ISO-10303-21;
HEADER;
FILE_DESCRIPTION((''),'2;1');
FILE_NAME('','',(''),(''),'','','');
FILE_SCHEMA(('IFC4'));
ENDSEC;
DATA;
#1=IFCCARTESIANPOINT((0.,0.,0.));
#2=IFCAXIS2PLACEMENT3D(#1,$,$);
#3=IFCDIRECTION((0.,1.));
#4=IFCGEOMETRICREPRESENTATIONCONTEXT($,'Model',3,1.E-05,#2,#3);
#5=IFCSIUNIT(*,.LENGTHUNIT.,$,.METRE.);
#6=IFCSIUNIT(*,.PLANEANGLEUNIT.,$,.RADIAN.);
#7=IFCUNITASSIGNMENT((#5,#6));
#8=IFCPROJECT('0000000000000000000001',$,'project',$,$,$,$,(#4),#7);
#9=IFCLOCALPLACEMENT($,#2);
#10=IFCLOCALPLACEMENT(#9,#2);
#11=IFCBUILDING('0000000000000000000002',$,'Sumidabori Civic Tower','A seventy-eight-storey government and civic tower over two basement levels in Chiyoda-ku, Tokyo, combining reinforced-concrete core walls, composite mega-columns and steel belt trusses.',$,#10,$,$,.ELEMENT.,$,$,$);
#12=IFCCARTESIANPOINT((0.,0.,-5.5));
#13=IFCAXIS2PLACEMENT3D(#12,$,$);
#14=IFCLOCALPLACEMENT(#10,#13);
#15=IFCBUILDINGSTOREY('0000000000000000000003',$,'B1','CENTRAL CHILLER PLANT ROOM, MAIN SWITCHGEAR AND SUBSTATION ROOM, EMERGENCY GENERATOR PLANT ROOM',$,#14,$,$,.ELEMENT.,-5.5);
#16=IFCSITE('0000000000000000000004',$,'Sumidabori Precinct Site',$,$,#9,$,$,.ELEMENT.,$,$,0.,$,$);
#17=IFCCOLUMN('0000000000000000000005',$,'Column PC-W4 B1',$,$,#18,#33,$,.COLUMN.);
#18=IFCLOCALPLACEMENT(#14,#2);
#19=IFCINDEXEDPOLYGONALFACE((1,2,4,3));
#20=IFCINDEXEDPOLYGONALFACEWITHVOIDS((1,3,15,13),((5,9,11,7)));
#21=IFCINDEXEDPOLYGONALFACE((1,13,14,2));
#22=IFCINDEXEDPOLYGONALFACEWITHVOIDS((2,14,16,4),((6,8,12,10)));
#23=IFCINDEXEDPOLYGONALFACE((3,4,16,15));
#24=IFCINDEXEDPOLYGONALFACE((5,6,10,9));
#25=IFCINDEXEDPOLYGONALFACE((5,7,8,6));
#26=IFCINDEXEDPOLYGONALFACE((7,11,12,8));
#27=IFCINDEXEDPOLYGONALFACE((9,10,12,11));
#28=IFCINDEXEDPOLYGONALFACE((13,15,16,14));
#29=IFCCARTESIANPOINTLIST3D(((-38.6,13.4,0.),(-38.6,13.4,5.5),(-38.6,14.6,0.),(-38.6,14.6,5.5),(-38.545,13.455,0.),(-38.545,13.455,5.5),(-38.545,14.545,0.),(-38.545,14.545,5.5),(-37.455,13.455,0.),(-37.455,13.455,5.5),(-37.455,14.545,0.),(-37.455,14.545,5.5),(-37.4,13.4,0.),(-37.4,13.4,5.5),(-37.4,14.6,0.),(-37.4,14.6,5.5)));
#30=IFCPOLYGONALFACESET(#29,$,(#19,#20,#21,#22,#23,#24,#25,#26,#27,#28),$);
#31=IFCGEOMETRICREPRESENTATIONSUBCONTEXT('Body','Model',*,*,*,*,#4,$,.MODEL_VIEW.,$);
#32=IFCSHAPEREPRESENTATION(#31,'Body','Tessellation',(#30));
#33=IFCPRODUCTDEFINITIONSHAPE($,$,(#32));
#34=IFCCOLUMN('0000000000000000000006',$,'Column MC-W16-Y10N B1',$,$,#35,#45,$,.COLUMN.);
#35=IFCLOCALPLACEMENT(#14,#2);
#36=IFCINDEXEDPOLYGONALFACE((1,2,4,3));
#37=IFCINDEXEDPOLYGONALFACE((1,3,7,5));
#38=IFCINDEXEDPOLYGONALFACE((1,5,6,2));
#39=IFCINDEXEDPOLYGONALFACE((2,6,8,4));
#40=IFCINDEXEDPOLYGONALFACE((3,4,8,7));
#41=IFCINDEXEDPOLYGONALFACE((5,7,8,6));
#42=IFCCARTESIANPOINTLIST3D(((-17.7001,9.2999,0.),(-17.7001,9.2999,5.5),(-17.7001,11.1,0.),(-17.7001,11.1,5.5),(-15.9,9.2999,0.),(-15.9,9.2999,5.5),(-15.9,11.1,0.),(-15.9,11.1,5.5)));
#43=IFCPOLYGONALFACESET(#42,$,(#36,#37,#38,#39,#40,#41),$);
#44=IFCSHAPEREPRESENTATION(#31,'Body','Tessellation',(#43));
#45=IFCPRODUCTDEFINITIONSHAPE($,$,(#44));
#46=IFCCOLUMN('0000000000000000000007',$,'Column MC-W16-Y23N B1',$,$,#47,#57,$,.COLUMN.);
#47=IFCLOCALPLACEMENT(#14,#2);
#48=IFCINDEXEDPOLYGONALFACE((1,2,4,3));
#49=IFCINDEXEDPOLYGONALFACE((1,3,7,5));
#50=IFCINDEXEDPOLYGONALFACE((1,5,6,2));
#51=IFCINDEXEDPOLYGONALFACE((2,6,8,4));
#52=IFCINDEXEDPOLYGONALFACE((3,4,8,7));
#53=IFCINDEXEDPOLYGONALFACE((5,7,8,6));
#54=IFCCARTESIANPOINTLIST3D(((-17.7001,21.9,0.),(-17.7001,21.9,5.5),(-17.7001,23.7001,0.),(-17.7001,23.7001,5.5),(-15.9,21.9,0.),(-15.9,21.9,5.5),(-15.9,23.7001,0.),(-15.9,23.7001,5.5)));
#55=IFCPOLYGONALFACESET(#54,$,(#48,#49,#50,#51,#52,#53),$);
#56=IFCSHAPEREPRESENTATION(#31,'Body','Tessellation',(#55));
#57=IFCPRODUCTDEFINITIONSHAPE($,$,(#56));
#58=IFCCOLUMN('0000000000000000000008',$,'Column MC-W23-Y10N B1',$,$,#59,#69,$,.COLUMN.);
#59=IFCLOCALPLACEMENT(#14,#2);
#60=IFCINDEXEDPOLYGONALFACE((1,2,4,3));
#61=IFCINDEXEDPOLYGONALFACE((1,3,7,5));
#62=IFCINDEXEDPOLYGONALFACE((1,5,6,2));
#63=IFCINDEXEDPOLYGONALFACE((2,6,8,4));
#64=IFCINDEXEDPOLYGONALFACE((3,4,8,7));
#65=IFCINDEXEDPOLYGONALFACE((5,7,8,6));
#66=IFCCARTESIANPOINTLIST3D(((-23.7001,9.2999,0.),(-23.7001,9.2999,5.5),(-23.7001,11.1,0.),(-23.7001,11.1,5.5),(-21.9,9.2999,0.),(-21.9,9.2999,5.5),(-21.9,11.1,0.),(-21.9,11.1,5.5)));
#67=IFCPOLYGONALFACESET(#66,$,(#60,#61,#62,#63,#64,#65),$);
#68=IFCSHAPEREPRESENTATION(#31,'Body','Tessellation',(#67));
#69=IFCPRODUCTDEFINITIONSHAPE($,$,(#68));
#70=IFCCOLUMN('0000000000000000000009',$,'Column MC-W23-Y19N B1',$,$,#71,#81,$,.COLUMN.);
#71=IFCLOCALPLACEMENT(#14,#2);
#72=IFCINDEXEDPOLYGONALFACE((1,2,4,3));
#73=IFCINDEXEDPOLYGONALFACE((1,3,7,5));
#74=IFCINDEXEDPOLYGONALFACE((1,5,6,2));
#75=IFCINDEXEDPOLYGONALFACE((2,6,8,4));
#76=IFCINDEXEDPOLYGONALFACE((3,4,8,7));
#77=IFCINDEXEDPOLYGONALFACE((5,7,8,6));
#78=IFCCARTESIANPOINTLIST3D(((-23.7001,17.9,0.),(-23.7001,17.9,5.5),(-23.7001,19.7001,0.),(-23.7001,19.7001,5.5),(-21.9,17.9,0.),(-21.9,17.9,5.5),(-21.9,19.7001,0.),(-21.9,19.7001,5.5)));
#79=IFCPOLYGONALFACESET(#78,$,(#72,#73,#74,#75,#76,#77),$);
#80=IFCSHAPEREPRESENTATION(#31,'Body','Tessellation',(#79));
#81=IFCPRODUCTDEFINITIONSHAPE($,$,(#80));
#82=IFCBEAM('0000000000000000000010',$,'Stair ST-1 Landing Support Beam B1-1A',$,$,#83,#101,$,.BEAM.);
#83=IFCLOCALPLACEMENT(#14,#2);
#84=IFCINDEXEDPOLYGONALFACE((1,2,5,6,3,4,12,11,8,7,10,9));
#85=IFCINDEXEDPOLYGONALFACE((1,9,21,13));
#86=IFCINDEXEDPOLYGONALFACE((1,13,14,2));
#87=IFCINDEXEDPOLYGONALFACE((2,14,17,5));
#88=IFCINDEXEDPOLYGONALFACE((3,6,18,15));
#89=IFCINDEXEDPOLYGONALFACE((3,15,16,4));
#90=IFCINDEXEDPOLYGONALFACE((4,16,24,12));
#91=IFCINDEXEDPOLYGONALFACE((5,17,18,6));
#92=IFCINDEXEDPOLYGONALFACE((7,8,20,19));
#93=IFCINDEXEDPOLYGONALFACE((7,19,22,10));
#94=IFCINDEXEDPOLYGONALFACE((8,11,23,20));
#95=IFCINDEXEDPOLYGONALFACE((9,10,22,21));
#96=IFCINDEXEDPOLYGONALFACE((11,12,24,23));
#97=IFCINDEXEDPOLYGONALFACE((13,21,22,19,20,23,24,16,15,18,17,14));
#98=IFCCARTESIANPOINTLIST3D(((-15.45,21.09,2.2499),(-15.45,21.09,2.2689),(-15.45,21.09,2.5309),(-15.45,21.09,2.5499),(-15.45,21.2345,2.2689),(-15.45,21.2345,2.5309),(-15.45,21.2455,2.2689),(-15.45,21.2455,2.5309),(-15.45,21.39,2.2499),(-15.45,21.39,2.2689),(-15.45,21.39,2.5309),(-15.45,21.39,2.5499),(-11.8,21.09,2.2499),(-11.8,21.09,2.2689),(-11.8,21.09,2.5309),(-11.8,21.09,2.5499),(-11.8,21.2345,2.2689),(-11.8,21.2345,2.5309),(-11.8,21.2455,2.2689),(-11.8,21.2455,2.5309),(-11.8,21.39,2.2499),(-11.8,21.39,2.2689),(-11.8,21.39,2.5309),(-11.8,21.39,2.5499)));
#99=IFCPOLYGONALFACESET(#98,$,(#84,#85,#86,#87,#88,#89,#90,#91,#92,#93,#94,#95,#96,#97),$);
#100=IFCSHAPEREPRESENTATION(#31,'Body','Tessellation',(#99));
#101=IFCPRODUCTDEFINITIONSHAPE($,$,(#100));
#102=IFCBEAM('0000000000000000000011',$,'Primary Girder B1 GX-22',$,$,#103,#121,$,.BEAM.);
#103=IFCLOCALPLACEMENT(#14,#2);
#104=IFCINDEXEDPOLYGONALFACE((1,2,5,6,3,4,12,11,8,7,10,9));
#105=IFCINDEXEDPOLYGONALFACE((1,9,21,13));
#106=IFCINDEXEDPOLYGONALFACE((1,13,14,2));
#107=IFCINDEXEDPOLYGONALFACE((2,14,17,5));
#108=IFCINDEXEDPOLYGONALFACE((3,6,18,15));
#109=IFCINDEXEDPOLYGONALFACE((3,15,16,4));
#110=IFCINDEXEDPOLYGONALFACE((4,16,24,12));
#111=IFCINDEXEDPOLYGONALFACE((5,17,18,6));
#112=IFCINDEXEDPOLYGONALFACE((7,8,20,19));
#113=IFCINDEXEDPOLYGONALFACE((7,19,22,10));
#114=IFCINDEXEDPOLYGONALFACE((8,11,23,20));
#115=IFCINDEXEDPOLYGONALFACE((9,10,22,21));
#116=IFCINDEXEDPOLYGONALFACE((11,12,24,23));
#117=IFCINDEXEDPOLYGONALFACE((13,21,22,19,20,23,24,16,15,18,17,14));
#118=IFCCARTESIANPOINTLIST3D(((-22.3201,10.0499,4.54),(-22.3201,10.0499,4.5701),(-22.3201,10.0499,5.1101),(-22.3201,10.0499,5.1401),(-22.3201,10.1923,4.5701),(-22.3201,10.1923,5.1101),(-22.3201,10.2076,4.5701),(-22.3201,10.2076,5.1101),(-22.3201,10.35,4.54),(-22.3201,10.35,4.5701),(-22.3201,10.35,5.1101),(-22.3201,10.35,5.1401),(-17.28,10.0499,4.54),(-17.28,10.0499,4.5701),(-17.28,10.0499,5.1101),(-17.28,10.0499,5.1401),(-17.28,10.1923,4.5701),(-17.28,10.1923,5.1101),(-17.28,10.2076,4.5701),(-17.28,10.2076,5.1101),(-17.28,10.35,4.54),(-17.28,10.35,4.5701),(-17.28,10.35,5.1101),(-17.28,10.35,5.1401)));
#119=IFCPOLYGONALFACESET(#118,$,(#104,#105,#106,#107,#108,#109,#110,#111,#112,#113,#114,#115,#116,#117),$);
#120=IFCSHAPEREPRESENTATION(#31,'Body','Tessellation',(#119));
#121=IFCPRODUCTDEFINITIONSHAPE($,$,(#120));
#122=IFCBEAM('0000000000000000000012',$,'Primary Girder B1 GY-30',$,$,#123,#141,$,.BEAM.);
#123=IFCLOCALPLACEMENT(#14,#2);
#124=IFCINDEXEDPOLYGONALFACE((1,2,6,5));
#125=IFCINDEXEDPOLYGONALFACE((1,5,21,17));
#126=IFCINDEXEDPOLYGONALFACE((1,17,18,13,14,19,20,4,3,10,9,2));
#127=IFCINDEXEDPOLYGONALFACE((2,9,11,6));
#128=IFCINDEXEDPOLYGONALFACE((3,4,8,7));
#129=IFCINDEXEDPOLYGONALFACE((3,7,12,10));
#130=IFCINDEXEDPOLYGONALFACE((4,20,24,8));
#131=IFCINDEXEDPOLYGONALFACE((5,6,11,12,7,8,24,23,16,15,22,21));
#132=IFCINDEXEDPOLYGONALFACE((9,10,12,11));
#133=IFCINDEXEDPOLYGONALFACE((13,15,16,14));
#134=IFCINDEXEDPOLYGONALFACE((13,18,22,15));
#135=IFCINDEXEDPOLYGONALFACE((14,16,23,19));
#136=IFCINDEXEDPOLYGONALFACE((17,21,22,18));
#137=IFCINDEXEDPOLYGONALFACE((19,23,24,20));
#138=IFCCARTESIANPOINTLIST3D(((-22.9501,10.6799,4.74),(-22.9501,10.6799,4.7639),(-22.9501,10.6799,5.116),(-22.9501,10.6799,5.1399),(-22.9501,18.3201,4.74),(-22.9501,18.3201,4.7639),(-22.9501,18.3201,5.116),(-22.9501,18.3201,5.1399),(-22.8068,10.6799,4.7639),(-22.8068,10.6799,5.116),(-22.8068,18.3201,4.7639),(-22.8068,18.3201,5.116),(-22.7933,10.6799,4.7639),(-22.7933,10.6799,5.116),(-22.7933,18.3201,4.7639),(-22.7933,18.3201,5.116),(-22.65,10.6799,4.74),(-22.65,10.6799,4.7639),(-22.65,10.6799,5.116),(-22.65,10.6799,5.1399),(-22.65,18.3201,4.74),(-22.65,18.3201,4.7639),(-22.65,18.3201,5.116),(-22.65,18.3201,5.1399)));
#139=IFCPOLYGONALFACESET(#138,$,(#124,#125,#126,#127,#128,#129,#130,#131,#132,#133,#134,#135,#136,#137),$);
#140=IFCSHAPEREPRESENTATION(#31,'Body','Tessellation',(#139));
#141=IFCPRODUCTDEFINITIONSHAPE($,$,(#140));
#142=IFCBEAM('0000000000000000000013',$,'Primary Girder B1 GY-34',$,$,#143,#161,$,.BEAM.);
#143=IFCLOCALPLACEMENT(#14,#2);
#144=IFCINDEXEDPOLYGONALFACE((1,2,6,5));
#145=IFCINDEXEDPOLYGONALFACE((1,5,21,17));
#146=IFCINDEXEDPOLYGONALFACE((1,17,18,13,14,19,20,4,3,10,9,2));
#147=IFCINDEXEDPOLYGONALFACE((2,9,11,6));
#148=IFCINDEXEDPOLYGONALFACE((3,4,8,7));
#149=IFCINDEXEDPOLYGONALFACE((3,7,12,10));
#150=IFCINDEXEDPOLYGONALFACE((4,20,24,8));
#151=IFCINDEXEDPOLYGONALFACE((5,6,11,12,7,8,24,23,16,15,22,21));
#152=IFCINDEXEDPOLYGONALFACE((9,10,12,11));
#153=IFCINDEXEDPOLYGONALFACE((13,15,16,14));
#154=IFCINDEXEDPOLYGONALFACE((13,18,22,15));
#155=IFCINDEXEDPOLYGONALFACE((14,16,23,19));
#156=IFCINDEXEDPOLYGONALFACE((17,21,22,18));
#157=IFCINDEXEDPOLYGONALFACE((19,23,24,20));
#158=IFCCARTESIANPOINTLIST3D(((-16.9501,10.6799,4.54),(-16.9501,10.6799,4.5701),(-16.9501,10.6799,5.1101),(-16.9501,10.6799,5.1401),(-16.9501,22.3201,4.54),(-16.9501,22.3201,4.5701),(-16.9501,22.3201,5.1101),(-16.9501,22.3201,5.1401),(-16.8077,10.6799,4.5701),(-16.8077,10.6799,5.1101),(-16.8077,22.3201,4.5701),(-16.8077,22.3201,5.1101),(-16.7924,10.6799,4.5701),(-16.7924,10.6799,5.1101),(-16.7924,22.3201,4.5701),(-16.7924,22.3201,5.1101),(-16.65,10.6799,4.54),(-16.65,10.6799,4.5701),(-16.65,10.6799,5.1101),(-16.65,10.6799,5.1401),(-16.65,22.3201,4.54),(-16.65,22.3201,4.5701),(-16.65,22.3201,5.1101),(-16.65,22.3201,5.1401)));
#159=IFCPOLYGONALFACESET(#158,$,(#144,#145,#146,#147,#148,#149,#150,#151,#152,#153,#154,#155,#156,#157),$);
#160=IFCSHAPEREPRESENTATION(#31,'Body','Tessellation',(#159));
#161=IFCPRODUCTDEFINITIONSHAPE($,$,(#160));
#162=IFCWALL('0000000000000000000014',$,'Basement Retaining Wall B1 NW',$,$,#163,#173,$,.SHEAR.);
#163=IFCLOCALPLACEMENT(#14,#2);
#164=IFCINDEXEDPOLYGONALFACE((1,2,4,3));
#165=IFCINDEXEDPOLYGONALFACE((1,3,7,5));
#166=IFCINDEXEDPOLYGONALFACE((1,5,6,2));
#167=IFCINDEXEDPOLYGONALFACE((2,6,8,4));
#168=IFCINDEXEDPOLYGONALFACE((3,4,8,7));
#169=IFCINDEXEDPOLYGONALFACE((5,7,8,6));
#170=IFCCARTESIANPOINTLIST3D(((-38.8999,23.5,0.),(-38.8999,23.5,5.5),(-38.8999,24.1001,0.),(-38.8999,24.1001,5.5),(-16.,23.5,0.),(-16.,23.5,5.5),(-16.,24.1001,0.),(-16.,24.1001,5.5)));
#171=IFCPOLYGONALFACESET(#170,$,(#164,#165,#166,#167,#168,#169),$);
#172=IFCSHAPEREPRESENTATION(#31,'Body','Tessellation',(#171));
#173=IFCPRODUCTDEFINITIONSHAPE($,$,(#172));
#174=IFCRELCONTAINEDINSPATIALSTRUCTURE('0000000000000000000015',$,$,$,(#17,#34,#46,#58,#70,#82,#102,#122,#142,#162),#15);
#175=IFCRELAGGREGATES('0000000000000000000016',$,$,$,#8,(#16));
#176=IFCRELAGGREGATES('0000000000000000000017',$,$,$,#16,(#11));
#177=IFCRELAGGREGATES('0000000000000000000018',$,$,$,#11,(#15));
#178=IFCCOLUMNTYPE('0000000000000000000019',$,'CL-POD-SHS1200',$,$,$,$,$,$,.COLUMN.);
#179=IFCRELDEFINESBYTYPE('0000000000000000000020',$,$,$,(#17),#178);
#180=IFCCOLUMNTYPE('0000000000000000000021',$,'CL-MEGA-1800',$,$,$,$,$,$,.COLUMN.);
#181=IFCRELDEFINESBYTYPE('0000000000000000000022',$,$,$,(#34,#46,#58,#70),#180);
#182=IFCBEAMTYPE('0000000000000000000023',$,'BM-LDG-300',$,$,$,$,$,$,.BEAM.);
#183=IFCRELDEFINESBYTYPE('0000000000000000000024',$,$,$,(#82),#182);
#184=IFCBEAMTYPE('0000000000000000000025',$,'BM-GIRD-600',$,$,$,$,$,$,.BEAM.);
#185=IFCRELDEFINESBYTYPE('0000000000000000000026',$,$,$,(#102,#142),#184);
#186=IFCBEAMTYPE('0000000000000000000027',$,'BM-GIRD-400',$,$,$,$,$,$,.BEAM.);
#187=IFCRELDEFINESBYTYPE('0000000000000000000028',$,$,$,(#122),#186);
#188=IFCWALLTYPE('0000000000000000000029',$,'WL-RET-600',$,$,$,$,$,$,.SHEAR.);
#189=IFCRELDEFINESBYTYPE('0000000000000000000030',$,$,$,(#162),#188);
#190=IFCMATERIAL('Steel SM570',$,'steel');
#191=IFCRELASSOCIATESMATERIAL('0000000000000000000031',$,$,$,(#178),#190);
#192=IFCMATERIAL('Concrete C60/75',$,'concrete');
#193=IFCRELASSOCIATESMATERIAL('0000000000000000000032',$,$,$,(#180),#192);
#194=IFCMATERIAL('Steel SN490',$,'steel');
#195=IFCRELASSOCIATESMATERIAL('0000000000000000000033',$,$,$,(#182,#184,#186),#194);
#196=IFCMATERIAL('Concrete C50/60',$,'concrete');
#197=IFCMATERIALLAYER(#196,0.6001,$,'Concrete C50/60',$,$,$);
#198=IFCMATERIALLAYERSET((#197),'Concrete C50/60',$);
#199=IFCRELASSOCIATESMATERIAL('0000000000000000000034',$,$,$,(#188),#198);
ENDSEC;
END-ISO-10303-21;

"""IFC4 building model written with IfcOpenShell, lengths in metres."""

from ifc_helpers import new_model, si_unit, direction, frame, frame_2d, origin, origin_2d, place, context, subcontext, project, spatial, rectangle, hollow_rectangle, i_section, extrude, source, transform, mapped, material, layer, layer_set, material_profile, profile_set, type_object, element, save


model = new_model("IFC4")

# Units and contexts
model_context = context("Model", 3, precision=1e-05, world=origin(), true_north=direction((0.0, 1.0)))
body_context = subcontext(model_context, "Body", "Model", "MODEL_VIEW")
ifc_project = project(units=[si_unit("LENGTHUNIT", "METRE"), si_unit("PLANEANGLEUNIT", "RADIAN")], contexts=[model_context])

# Site, building, storey
site_placement = place(None, origin())
site = spatial("IfcSite", under=ifc_project, at=site_placement, Name="Sumidabori Precinct Site", CompositionType="ELEMENT", RefElevation=0.0)
building_placement = place(site_placement, origin())
building = spatial("IfcBuilding", under=site, at=building_placement, Name="Sumidabori Civic Tower", Description="A seventy-eight-storey government and civic tower over two basement levels in Chiyoda-ku, Tokyo, combining reinforced-concrete core walls, composite mega-columns and steel belt trusses.", CompositionType="ELEMENT")
storey_placement = place(building_placement, frame((0.0, 0.0, -5.5)))
storey = spatial("IfcBuildingStorey", under=building, at=storey_placement, Name="B1", Description="CENTRAL CHILLER PLANT ROOM, MAIN SWITCHGEAR AND SUBSTATION ROOM, EMERGENCY GENERATOR PLANT ROOM", CompositionType="ELEMENT", Elevation=-5.5)

# Columns
ifc_material_1 = material(Name="Steel SM570", Category="steel")
ifc_material_profile_1 = material_profile(ifc_material_1, hollow_rectangle(XDim=1.2, YDim=1.2, WallThickness=0.0549, at=origin_2d()), Name="SHS 1200x1200x55")
ifc_profile_set_1 = profile_set([ifc_material_profile_1], Name="Steel SM570")
column_type_1 = type_object("IfcColumnType", Name="CL-POD-SHS1200", PredefinedType="COLUMN", material=ifc_profile_set_1)
shared_shape_1 = source(origin(), body_context, "Body", "SweptSolid", [
    extrude(hollow_rectangle(XDim=1.2, YDim=1.2, WallThickness=0.0549, at=origin_2d()), origin(), (0.0, 0.0, 1.0), 5.5),
])
column_placement = place(storey_placement, frame((-38.0, 14.0, 0.0), z_axis=(0.0, 0.0, 1.0), x_axis=(1.0, 0.0, 0.0)))
element("IfcColumn", 1, at=column_placement, inside=storey, type_object=column_type_1, Name="Column PC-W4 B1", PredefinedType="COLUMN", context=body_context, shape_type="MappedRepresentation", body=[
    mapped(shared_shape_1, transform((0.0, 0.0, 0.0), x_axis=(1.0, 0.0, 0.0), y_axis=(0.0, 1.0, 0.0), z_axis=(0.0, 0.0, 1.0), scale=1.0)),
])
ifc_material_2 = material(Name="Concrete C60/75", Category="concrete")
ifc_material_profile_2 = material_profile(ifc_material_2, rectangle(XDim=1.8, YDim=1.8, at=origin_2d()), Name="RC 1800x1800")
ifc_profile_set_2 = profile_set([ifc_material_profile_2], Name="Concrete C60/75")
column_type_2 = type_object("IfcColumnType", Name="CL-MEGA-1800", PredefinedType="COLUMN", material=ifc_profile_set_2)
shared_shape_2 = source(origin(), body_context, "Body", "SweptSolid", [
    extrude(rectangle(XDim=1.8, YDim=1.8, at=origin_2d()), origin(), (0.0, 0.0, 1.0), 5.5),
])
for number, where, z_axis, x_axis, name in (
    (2, (-16.8, 10.2, 0.0), (0.0, 0.0, 1.0), (1.0, 0.0, 0.0), "Column MC-W16-Y10N B1"),
    (3, (-16.8, 22.8, 0.0), (0.0, 0.0, 1.0), (1.0, 0.0, 0.0), "Column MC-W16-Y23N B1"),
    (4, (-22.8, 10.2, 0.0), (0.0, 0.0, 1.0), (1.0, 0.0, 0.0), "Column MC-W23-Y10N B1"),
    (5, (-22.8, 18.8, 0.0), (0.0, 0.0, 1.0), (1.0, 0.0, 0.0), "Column MC-W23-Y19N B1"),
):
    element("IfcColumn", number, at=place(storey_placement, frame(where, z_axis=z_axis, x_axis=x_axis)), inside=storey, type_object=column_type_2, Name=name, PredefinedType="COLUMN", context=body_context, shape_type="MappedRepresentation", body=[
        mapped(shared_shape_2, transform((0.0, 0.0, 0.0), x_axis=(1.0, 0.0, 0.0), y_axis=(0.0, 1.0, 0.0), z_axis=(0.0, 0.0, 1.0), scale=1.0)),
    ])

# Beams
ifc_material_3 = material(Name="Steel SN490", Category="steel")
ifc_material_profile_3 = material_profile(ifc_material_3, i_section(OverallWidth=0.3, OverallDepth=0.3, WebThickness=0.011, FlangeThickness=0.019, at=origin_2d()), Name="HE 300 B")
ifc_profile_set_3 = profile_set([ifc_material_profile_3], Name="Steel SN490")
beam_type_1 = type_object("IfcBeamType", Name="BM-LDG-300", PredefinedType="BEAM", material=ifc_profile_set_3)
shared_shape_3 = source(origin(), body_context, "Body", "SweptSolid", [
    extrude(i_section(OverallWidth=0.3, OverallDepth=0.3, WebThickness=0.011, FlangeThickness=0.019, at=origin_2d()), origin(), (0.0, 0.0, 1.0), 3.6499),
])
beam_1_placement = place(storey_placement, frame((-15.45, 21.24, 2.3999), z_axis=(1.0, 0.0, 0.0), x_axis=(0.0, 1.0, 0.0)))
element("IfcBeam", 6, at=beam_1_placement, inside=storey, type_object=beam_type_1, Name="Stair ST-1 Landing Support Beam B1-1A", PredefinedType="BEAM", context=body_context, shape_type="MappedRepresentation", body=[
    mapped(shared_shape_3, transform((0.0, 0.0, 0.0), x_axis=(1.0, 0.0, 0.0), y_axis=(0.0, 1.0, 0.0), z_axis=(0.0, 0.0, 1.0), scale=1.0)),
])
ifc_material_profile_4 = material_profile(ifc_material_3, i_section(OverallWidth=0.3, OverallDepth=0.6001, WebThickness=0.0154, FlangeThickness=0.03, at=origin_2d()), Name="HE 600 B")
ifc_profile_set_4 = profile_set([ifc_material_profile_4], Name="Steel SN490")
beam_type_2 = type_object("IfcBeamType", Name="BM-GIRD-600", PredefinedType="BEAM", material=ifc_profile_set_4)
shared_shape_4 = source(origin(), body_context, "Body", "SweptSolid", [
    extrude(i_section(OverallWidth=0.3, OverallDepth=0.6001, WebThickness=0.0154, FlangeThickness=0.03, at=origin_2d()), origin(), (0.0, 0.0, 1.0), 5.04),
])
beam_2_placement = place(storey_placement, frame((-22.3201, 10.2, 4.8401), z_axis=(1.0, 0.0, 0.0), x_axis=(0.0, 1.0, 0.0)))
element("IfcBeam", 7, at=beam_2_placement, inside=storey, type_object=beam_type_2, Name="Primary Girder B1 GX-22", PredefinedType="BEAM", context=body_context, shape_type="MappedRepresentation", body=[
    mapped(shared_shape_4, transform((0.0, 0.0, 0.0), x_axis=(1.0, 0.0, 0.0), y_axis=(0.0, 1.0, 0.0), z_axis=(0.0, 0.0, 1.0), scale=1.0)),
])
ifc_material_profile_5 = material_profile(ifc_material_3, i_section(OverallWidth=0.3, OverallDepth=0.3999, WebThickness=0.0134, FlangeThickness=0.0239, at=origin_2d()), Name="HE 400 B")
ifc_profile_set_5 = profile_set([ifc_material_profile_5], Name="Steel SN490")
beam_type_3 = type_object("IfcBeamType", Name="BM-GIRD-400", PredefinedType="BEAM", material=ifc_profile_set_5)
shared_shape_5 = source(origin(), body_context, "Body", "SweptSolid", [
    extrude(i_section(OverallWidth=0.3, OverallDepth=0.3999, WebThickness=0.0134, FlangeThickness=0.0239, at=origin_2d()), origin(), (0.0, 0.0, 1.0), 7.6401),
])
beam_3_placement = place(storey_placement, frame((-22.8, 10.6799, 4.9399), z_axis=(0.0, 1.0, 0.0), x_axis=(-1.0, 0.0, 0.0)))
element("IfcBeam", 8, at=beam_3_placement, inside=storey, type_object=beam_type_3, Name="Primary Girder B1 GY-30", PredefinedType="BEAM", context=body_context, shape_type="MappedRepresentation", body=[
    mapped(shared_shape_5, transform((0.0, 0.0, 0.0), x_axis=(1.0, 0.0, 0.0), y_axis=(0.0, 1.0, 0.0), z_axis=(0.0, 0.0, 1.0), scale=1.0)),
])
shared_shape_6 = source(origin(), body_context, "Body", "SweptSolid", [
    extrude(i_section(OverallWidth=0.3, OverallDepth=0.6001, WebThickness=0.0154, FlangeThickness=0.03, at=origin_2d()), origin(), (0.0, 0.0, 1.0), 11.6401),
])
beam_4_placement = place(storey_placement, frame((-16.8, 10.6799, 4.8401), z_axis=(0.0, 1.0, 0.0), x_axis=(-1.0, 0.0, 0.0)))
element("IfcBeam", 9, at=beam_4_placement, inside=storey, type_object=beam_type_2, Name="Primary Girder B1 GY-34", PredefinedType="BEAM", context=body_context, shape_type="MappedRepresentation", body=[
    mapped(shared_shape_6, transform((0.0, 0.0, 0.0), x_axis=(1.0, 0.0, 0.0), y_axis=(0.0, 1.0, 0.0), z_axis=(0.0, 0.0, 1.0), scale=1.0)),
])

# Wall
ifc_material_4 = material(Name="Concrete C50/60", Category="concrete")
ifc_layer_1 = layer(ifc_material_4, 0.6001, Name="Concrete C50/60")
ifc_layer_set_1 = layer_set([ifc_layer_1], Name="Concrete C50/60")
wall_type_1 = type_object("IfcWallType", Name="WL-RET-600", PredefinedType="SHEAR", material=ifc_layer_set_1)
shared_shape_7 = source(origin(), body_context, "Body", "SweptSolid", [
    extrude(rectangle(XDim=22.8999, YDim=0.6001, at=frame_2d((11.45, 0.0))), origin(), (0.0, 0.0, 1.0), 5.5),
])
wall_1_placement = place(storey_placement, frame((-38.8999, 23.8, 0.0), z_axis=(0.0, 0.0, 1.0), x_axis=(1.0, 0.0, 0.0)))
element("IfcWall", 10, at=wall_1_placement, inside=storey, type_object=wall_type_1, Name="Basement Retaining Wall B1 NW", PredefinedType="SHEAR", context=body_context, shape_type="MappedRepresentation", body=[
    mapped(shared_shape_7, transform((0.0, 0.0, 0.0), x_axis=(1.0, 0.0, 0.0), y_axis=(0.0, 1.0, 0.0), z_axis=(0.0, 0.0, 1.0), scale=1.0)),
])

save(model, "model.ifc")
